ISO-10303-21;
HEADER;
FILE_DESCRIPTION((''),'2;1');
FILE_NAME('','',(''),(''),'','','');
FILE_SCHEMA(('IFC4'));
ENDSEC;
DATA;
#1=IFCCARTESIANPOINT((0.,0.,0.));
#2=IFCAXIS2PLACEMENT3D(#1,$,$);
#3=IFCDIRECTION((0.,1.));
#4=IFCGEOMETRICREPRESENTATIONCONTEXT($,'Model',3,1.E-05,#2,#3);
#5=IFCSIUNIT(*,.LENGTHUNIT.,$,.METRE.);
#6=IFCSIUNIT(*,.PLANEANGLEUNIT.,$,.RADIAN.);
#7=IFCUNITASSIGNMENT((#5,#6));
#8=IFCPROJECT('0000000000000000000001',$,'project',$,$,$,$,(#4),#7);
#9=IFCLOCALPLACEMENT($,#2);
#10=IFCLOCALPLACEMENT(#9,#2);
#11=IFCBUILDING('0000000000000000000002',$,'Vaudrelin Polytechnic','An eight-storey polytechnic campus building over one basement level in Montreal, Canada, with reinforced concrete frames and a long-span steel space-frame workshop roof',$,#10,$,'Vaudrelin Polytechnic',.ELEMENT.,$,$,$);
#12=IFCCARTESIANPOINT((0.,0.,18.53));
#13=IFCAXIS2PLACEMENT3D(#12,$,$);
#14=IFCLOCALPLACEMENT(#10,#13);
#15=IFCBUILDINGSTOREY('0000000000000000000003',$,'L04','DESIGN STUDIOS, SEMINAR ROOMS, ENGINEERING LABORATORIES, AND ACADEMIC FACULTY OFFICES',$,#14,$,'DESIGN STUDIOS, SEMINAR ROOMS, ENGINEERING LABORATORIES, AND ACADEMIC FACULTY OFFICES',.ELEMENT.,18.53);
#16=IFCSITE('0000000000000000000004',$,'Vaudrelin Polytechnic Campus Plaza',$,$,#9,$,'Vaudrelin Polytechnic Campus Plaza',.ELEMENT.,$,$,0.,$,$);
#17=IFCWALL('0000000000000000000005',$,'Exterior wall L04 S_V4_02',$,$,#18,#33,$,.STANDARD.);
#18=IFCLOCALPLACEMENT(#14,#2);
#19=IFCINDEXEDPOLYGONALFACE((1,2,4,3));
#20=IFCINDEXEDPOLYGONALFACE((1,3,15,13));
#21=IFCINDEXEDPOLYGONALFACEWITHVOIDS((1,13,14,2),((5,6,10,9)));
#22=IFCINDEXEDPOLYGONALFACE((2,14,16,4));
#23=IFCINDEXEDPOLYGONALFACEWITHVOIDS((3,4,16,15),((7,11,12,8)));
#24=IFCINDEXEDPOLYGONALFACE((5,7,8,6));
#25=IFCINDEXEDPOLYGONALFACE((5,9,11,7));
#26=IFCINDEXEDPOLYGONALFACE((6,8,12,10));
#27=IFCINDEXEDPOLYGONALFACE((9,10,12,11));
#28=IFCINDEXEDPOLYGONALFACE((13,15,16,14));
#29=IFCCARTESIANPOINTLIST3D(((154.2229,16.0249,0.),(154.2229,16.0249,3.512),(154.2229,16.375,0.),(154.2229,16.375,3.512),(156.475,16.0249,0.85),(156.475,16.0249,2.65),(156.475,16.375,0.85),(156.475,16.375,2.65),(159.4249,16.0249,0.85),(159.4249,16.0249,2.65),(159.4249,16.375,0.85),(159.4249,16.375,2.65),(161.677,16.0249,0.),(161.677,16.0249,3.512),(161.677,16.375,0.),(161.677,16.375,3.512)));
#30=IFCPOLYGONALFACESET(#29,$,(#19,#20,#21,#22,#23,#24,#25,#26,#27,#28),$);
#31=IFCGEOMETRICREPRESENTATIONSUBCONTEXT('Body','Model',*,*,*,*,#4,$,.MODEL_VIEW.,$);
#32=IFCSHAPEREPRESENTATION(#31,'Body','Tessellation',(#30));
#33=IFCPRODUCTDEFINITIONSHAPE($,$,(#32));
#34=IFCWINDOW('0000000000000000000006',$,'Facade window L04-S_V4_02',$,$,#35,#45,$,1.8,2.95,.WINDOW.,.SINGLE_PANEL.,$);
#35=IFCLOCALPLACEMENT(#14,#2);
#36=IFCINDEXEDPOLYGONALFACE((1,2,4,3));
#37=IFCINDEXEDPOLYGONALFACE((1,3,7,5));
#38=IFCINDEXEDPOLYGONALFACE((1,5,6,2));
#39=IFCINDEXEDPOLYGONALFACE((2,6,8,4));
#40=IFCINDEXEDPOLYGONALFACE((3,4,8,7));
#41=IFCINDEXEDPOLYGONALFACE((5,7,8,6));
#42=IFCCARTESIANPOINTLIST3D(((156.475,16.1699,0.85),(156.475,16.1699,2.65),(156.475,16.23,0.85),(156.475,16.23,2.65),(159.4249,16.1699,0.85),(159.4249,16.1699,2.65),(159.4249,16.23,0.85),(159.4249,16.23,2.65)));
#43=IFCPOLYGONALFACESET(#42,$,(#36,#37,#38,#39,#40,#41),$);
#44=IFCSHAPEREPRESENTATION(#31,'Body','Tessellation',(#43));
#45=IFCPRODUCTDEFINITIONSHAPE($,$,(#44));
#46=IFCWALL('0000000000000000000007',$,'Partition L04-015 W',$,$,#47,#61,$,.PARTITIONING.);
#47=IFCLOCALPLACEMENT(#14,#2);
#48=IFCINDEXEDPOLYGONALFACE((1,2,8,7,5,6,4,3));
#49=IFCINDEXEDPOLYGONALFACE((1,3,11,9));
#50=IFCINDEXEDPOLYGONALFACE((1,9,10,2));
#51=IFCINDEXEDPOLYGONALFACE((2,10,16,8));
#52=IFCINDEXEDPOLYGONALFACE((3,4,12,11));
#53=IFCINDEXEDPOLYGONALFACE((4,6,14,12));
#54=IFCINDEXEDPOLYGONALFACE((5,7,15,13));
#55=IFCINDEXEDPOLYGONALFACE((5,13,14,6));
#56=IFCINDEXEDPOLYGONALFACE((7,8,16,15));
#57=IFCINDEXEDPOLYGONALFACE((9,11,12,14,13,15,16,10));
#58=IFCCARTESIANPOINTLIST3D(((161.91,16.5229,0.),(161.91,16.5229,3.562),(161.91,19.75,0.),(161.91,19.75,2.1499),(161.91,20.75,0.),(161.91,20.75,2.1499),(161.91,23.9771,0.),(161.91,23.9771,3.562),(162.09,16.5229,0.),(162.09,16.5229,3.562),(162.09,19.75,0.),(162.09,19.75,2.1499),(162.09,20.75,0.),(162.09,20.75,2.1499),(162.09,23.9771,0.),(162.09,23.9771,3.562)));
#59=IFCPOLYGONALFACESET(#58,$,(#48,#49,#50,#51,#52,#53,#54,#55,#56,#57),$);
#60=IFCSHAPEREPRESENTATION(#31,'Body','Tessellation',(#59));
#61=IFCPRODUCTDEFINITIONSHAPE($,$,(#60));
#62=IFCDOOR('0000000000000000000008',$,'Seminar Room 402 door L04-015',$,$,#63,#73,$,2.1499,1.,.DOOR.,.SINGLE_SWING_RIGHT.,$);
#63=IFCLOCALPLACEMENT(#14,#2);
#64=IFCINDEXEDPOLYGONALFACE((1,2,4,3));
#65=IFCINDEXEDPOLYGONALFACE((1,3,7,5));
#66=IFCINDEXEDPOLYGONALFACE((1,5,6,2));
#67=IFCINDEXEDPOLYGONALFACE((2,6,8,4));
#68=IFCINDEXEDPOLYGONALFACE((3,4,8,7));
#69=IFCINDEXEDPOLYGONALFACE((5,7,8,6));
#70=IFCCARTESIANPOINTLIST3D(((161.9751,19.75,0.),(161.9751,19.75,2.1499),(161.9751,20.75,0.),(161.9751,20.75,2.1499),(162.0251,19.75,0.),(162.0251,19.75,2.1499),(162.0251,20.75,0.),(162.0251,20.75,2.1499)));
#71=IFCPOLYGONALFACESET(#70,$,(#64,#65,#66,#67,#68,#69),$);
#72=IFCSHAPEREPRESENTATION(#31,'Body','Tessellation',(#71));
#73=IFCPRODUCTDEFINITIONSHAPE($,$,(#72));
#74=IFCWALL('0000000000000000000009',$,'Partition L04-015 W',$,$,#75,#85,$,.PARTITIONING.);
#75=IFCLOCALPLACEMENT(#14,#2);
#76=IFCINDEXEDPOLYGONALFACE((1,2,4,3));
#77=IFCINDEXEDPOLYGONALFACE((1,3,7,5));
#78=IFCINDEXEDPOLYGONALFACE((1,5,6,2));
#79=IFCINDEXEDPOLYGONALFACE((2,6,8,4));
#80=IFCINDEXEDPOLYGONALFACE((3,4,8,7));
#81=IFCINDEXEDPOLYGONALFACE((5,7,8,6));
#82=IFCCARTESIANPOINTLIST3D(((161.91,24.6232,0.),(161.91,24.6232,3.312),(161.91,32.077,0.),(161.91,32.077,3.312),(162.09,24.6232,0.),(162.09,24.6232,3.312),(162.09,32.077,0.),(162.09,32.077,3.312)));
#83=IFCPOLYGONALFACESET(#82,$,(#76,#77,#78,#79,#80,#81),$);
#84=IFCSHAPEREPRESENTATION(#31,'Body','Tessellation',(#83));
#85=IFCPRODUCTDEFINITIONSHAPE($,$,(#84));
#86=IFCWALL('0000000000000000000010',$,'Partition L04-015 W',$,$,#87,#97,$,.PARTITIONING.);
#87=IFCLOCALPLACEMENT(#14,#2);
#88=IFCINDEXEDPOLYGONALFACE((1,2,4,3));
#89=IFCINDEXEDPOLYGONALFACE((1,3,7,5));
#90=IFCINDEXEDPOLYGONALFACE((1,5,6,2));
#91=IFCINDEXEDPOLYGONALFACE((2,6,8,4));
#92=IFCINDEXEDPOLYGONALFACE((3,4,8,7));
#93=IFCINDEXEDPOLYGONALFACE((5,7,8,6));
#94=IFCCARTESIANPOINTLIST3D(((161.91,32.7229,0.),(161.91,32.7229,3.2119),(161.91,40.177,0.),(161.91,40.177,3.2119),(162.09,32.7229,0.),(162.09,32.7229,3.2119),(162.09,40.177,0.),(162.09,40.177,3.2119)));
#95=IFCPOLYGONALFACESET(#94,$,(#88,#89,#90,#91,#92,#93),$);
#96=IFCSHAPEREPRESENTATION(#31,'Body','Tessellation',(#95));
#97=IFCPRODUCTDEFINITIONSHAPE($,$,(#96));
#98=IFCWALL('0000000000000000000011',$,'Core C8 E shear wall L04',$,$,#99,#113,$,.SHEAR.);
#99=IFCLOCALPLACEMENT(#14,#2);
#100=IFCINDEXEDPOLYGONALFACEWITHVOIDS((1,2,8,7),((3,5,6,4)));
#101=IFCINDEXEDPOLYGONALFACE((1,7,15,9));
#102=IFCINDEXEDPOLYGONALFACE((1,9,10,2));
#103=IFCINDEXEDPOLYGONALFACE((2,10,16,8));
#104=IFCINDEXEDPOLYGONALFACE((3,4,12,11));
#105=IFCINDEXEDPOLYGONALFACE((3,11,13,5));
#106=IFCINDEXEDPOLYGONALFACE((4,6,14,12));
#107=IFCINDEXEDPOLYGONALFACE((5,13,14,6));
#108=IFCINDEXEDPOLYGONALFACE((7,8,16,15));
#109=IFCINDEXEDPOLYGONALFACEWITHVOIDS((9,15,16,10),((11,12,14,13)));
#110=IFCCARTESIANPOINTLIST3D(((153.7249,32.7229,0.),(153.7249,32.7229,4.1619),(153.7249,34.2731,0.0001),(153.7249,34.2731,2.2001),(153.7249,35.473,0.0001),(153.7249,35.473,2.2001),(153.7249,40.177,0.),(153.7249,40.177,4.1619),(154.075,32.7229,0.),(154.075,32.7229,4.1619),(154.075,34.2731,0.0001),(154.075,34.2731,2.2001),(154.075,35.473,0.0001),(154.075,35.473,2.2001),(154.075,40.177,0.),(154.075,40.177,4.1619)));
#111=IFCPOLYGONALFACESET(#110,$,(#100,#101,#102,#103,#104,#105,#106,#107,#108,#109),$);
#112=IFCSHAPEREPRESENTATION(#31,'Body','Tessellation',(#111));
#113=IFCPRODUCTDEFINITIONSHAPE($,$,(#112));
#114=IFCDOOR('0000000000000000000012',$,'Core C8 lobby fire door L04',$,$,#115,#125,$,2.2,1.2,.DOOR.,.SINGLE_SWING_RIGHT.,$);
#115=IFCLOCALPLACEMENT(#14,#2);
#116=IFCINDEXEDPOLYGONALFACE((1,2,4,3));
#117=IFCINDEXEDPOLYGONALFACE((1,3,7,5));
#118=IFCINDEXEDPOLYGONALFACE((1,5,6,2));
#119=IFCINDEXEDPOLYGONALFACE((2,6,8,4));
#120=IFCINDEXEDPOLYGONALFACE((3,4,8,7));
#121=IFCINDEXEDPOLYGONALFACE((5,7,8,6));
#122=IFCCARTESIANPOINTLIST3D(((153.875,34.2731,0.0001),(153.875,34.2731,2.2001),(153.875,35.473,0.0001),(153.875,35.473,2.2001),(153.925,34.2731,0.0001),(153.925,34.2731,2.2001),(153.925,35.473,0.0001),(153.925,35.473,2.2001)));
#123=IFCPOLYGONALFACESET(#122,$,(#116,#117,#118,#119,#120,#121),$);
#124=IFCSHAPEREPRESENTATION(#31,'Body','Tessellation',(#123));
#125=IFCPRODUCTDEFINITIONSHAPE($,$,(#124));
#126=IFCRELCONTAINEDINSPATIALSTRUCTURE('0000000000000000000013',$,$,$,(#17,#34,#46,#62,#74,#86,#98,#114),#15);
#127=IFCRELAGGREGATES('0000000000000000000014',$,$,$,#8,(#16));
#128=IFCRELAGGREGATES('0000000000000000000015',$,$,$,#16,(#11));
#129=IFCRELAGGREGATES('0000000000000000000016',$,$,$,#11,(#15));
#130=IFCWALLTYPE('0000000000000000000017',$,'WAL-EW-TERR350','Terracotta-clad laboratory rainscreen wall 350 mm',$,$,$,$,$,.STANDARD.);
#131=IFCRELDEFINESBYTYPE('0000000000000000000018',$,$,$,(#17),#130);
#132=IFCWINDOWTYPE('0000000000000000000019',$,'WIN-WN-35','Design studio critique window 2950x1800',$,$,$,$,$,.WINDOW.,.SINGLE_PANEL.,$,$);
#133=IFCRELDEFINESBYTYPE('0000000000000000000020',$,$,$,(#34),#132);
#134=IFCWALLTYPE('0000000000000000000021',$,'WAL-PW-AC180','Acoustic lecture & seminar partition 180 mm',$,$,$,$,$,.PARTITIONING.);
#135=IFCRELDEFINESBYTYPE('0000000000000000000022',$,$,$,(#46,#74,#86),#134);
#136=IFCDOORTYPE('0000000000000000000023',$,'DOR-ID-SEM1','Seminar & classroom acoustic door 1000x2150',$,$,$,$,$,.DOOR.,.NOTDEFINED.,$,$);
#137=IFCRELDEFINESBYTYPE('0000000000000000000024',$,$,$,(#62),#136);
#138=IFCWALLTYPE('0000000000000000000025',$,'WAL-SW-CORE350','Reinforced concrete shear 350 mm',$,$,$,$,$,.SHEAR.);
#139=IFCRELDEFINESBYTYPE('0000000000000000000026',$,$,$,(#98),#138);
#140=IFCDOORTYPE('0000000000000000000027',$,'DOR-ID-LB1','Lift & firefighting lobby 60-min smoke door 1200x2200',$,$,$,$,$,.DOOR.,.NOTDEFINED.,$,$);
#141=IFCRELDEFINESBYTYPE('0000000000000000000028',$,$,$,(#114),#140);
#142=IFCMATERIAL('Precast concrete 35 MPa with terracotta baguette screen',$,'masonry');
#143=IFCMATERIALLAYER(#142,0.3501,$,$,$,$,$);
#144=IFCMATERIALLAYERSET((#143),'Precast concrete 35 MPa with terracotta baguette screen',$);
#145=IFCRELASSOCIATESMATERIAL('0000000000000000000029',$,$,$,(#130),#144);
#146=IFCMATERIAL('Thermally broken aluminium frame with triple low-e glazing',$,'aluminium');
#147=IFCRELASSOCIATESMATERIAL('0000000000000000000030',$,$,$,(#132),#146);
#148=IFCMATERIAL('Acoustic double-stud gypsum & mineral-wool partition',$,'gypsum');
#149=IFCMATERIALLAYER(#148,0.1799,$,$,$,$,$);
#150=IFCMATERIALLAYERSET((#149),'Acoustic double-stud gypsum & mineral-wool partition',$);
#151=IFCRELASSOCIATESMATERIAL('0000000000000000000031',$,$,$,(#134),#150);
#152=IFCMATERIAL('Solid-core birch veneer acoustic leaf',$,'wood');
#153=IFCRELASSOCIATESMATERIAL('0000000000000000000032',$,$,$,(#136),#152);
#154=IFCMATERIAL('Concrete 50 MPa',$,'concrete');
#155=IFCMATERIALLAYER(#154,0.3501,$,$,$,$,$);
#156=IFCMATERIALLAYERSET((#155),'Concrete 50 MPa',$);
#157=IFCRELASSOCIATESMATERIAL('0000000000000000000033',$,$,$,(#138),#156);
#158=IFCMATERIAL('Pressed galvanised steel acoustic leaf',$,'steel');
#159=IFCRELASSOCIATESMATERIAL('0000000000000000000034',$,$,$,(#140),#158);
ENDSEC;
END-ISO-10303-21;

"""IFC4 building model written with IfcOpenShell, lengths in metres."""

from ifc_helpers import new_model, si_unit, direction, frame, frame_2d, origin, place, context, subcontext, project, spatial, rectangle, extrude, material, layer, layer_set, type_object, element, fill, save


model = new_model("IFC4")

# Units and contexts
model_context = context("Model", 3, precision=1e-05, world=origin(), true_north=direction((0.0, 1.0)))
body_context = subcontext(model_context, "Body", "Model", "MODEL_VIEW")
ifc_project = project(units=[si_unit("LENGTHUNIT", "METRE"), si_unit("PLANEANGLEUNIT", "RADIAN")], contexts=[model_context])

# Site, building, storey
site_placement = place(None, origin())
site = spatial("IfcSite", under=ifc_project, at=site_placement, Name="Vaudrelin Polytechnic Campus Plaza", LongName="Vaudrelin Polytechnic Campus Plaza", CompositionType="ELEMENT", RefElevation=0.0)
building_placement = place(site_placement, origin())
building = spatial("IfcBuilding", under=site, at=building_placement, Name="Vaudrelin Polytechnic", Description="An eight-storey polytechnic campus building over one basement level in Montreal, Canada, with reinforced concrete frames and a long-span steel space-frame workshop roof", LongName="Vaudrelin Polytechnic", CompositionType="ELEMENT")
storey_placement = place(building_placement, frame((0.0, 0.0, 18.53)))
storey = spatial("IfcBuildingStorey", under=building, at=storey_placement, Name="L04", Description="DESIGN STUDIOS, SEMINAR ROOMS, ENGINEERING LABORATORIES, AND ACADEMIC FACULTY OFFICES", LongName="DESIGN STUDIOS, SEMINAR ROOMS, ENGINEERING LABORATORIES, AND ACADEMIC FACULTY OFFICES", CompositionType="ELEMENT", Elevation=18.53)

# Shared definitions
ifc_material_1 = material(Name="Concrete 50 MPa", Category="concrete")

# Wall, opening, window
ifc_material_2 = material(Name="Precast concrete 35 MPa with terracotta baguette screen", Category="masonry")
ifc_layer_1 = layer(ifc_material_2, 0.3501)
ifc_layer_set_1 = layer_set([ifc_layer_1], Name="Precast concrete 35 MPa with terracotta baguette screen")
wall_type_1 = type_object("IfcWallType", Name="WAL-EW-TERR350", Description="Terracotta-clad laboratory rainscreen wall 350 mm", PredefinedType="STANDARD", material=ifc_layer_set_1)
wall_1_placement = place(storey_placement, frame((154.2229, 16.2, 0.0), z_axis=(0.0, 0.0, 1.0), x_axis=(1.0, 0.0, 0.0)))
wall_1 = element("IfcWall", 1, at=wall_1_placement, inside=storey, type_object=wall_type_1, Name="Exterior wall L04 S_V4_02", PredefinedType="STANDARD", context=body_context, shape_type="SweptSolid", body=[
    extrude(rectangle(XDim=7.4541, YDim=0.3501, at=frame_2d((3.7271, 0.0))), origin(), (0.0, 0.0, 1.0), 3.512),
])
opening_1_placement = place(wall_1_placement, frame((2.252, 0.0, 0.8501)))
opening_1 = element("IfcOpeningElement", 2, at=opening_1_placement, cuts=wall_1, PredefinedType="OPENING", context=body_context, shape_type="SweptSolid", body=[
    extrude(rectangle(XDim=2.95, YDim=1.8, at=frame_2d((1.4751, 0.8999))), frame((0.0, 0.1851, 0.0), z_axis=(0.0, -1.0, 0.0), x_axis=(1.0, 0.0, 0.0)), (0.0, 0.0, 1.0), 0.3701),
])
ifc_material_3 = material(Name="Thermally broken aluminium frame with triple low-e glazing", Category="aluminium")
window_type = type_object("IfcWindowType", Name="WIN-WN-35", Description="Design studio critique window 2950x1800", PartitioningType="SINGLE_PANEL", PredefinedType="WINDOW", material=ifc_material_3)
window_placement = place(opening_1_placement, origin())
window = element("IfcWindow", 3, at=window_placement, inside=storey, type_object=window_type, Name="Facade window L04-S_V4_02", OverallHeight=1.8, OverallWidth=2.95, PartitioningType="SINGLE_PANEL", PredefinedType="WINDOW", context=body_context, shape_type="SweptSolid", body=[
    extrude(rectangle(XDim=2.95, YDim=1.8, at=frame_2d((1.4751, 0.8999))), frame((0.0, 0.03, 0.0), z_axis=(0.0, -1.0, 0.0), x_axis=(1.0, 0.0, 0.0)), (0.0, 0.0, 1.0), 0.0601),
])
fill(opening_1, window)

# Wall, opening, door
ifc_material_4 = material(Name="Acoustic double-stud gypsum & mineral-wool partition", Category="gypsum")
ifc_layer_2 = layer(ifc_material_4, 0.1799)
ifc_layer_set_2 = layer_set([ifc_layer_2], Name="Acoustic double-stud gypsum & mineral-wool partition")
wall_type_2 = type_object("IfcWallType", Name="WAL-PW-AC180", Description="Acoustic lecture & seminar partition 180 mm", PredefinedType="PARTITIONING", material=ifc_layer_set_2)
wall_2_placement = place(storey_placement, frame((162.0, 16.5229, 0.0), z_axis=(0.0, 0.0, 1.0), x_axis=(0.0, 1.0, 0.0)))
wall_2 = element("IfcWall", 4, at=wall_2_placement, inside=storey, type_object=wall_type_2, Name="Partition L04-015 W", PredefinedType="PARTITIONING", context=body_context, shape_type="SweptSolid", body=[
    extrude(rectangle(XDim=7.4541, YDim=0.1799, at=frame_2d((3.7271, 0.0))), origin(), (0.0, 0.0, 1.0), 3.562),
])
opening_2_placement = place(wall_2_placement, frame((3.2271, 0.0, 0.0)))
opening_2 = element("IfcOpeningElement", 5, at=opening_2_placement, cuts=wall_2, PredefinedType="OPENING", context=body_context, shape_type="SweptSolid", body=[
    extrude(rectangle(XDim=1.0, YDim=2.1499, at=frame_2d((0.5, 1.075))), frame((0.0, 0.1001, 0.0), z_axis=(0.0, -1.0, 0.0), x_axis=(1.0, 0.0, 0.0)), (0.0, 0.0, 1.0), 0.2),
])
ifc_material_5 = material(Name="Solid-core birch veneer acoustic leaf", Category="wood")
door_type_1 = type_object("IfcDoorType", Name="DOR-ID-SEM1", Description="Seminar & classroom acoustic door 1000x2150", OperationType="NOTDEFINED", PredefinedType="DOOR", material=ifc_material_5)
door_1_placement = place(opening_2_placement, origin())
door_1 = element("IfcDoor", 6, at=door_1_placement, inside=storey, type_object=door_type_1, Name="Seminar Room 402 door L04-015", OperationType="SINGLE_SWING_RIGHT", OverallHeight=2.1499, OverallWidth=1.0, PredefinedType="DOOR", context=body_context, shape_type="SweptSolid", body=[
    extrude(rectangle(XDim=1.0, YDim=2.1499, at=frame_2d((0.5, 1.075))), frame((0.0, 0.0249, 0.0), z_axis=(0.0, -1.0, 0.0), x_axis=(1.0, 0.0, 0.0)), (0.0, 0.0, 1.0), 0.05),
])
fill(opening_2, door_1)

# Walls
wall_3_placement = place(storey_placement, frame((162.0, 24.623, 0.0), z_axis=(0.0, 0.0, 1.0), x_axis=(0.0, 1.0, 0.0)))
element("IfcWall", 7, at=wall_3_placement, inside=storey, type_object=wall_type_2, Name="Partition L04-015 W", PredefinedType="PARTITIONING", context=body_context, shape_type="SweptSolid", body=[
    extrude(rectangle(XDim=7.4539, YDim=0.1799, at=frame_2d((3.7271, 0.0))), origin(), (0.0, 0.0, 1.0), 3.312),
])
wall_4_placement = place(storey_placement, frame((162.0, 32.7229, 0.0), z_axis=(0.0, 0.0, 1.0), x_axis=(0.0, 1.0, 0.0)))
element("IfcWall", 8, at=wall_4_placement, inside=storey, type_object=wall_type_2, Name="Partition L04-015 W", PredefinedType="PARTITIONING", context=body_context, shape_type="SweptSolid", body=[
    extrude(rectangle(XDim=7.4541, YDim=0.1799, at=frame_2d((3.7271, 0.0))), origin(), (0.0, 0.0, 1.0), 3.2119),
])

# Wall, opening, door
ifc_layer_3 = layer(ifc_material_1, 0.3501)
ifc_layer_set_3 = layer_set([ifc_layer_3], Name="Concrete 50 MPa")
wall_type_3 = type_object("IfcWallType", Name="WAL-SW-CORE350", Description="Reinforced concrete shear 350 mm", PredefinedType="SHEAR", material=ifc_layer_set_3)
wall_5_placement = place(storey_placement, frame((153.8999, 32.7229, 0.0), z_axis=(0.0, 0.0, 1.0), x_axis=(0.0, 1.0, 0.0)))
wall_5 = element("IfcWall", 9, at=wall_5_placement, inside=storey, type_object=wall_type_3, Name="Core C8 E shear wall L04", PredefinedType="SHEAR", context=body_context, shape_type="SweptSolid", body=[
    extrude(rectangle(XDim=7.4541, YDim=0.3501, at=frame_2d((3.7271, 0.0))), origin(), (0.0, 0.0, 1.0), 4.1619),
])
opening_3_placement = place(wall_5_placement, frame((1.55, 0.0, 0.0)))
opening_3 = element("IfcOpeningElement", 10, at=opening_3_placement, cuts=wall_5, PredefinedType="OPENING", context=body_context, shape_type="SweptSolid", body=[
    extrude(rectangle(XDim=1.2, YDim=2.2, at=frame_2d((0.6001, 1.1001))), frame((0.0, 0.1851, 0.0), z_axis=(0.0, -1.0, 0.0), x_axis=(1.0, 0.0, 0.0)), (0.0, 0.0, 1.0), 0.3701),
])
ifc_material_6 = material(Name="Pressed galvanised steel acoustic leaf", Category="steel")
door_type_2 = type_object("IfcDoorType", Name="DOR-ID-LB1", Description="Lift & firefighting lobby 60-min smoke door 1200x2200", OperationType="NOTDEFINED", PredefinedType="DOOR", material=ifc_material_6)
door_2_placement = place(opening_3_placement, origin())
door_2 = element("IfcDoor", 11, at=door_2_placement, inside=storey, type_object=door_type_2, Name="Core C8 lobby fire door L04", OperationType="SINGLE_SWING_RIGHT", OverallHeight=2.2, OverallWidth=1.2, PredefinedType="DOOR", context=body_context, shape_type="SweptSolid", body=[
    extrude(rectangle(XDim=1.2, YDim=2.2, at=frame_2d((0.6001, 1.1001))), frame((0.0, 0.0249, 0.0), z_axis=(0.0, -1.0, 0.0), x_axis=(1.0, 0.0, 0.0)), (0.0, 0.0, 1.0), 0.05),
])
fill(opening_3, door_2)

save(model, "model.ifc")
